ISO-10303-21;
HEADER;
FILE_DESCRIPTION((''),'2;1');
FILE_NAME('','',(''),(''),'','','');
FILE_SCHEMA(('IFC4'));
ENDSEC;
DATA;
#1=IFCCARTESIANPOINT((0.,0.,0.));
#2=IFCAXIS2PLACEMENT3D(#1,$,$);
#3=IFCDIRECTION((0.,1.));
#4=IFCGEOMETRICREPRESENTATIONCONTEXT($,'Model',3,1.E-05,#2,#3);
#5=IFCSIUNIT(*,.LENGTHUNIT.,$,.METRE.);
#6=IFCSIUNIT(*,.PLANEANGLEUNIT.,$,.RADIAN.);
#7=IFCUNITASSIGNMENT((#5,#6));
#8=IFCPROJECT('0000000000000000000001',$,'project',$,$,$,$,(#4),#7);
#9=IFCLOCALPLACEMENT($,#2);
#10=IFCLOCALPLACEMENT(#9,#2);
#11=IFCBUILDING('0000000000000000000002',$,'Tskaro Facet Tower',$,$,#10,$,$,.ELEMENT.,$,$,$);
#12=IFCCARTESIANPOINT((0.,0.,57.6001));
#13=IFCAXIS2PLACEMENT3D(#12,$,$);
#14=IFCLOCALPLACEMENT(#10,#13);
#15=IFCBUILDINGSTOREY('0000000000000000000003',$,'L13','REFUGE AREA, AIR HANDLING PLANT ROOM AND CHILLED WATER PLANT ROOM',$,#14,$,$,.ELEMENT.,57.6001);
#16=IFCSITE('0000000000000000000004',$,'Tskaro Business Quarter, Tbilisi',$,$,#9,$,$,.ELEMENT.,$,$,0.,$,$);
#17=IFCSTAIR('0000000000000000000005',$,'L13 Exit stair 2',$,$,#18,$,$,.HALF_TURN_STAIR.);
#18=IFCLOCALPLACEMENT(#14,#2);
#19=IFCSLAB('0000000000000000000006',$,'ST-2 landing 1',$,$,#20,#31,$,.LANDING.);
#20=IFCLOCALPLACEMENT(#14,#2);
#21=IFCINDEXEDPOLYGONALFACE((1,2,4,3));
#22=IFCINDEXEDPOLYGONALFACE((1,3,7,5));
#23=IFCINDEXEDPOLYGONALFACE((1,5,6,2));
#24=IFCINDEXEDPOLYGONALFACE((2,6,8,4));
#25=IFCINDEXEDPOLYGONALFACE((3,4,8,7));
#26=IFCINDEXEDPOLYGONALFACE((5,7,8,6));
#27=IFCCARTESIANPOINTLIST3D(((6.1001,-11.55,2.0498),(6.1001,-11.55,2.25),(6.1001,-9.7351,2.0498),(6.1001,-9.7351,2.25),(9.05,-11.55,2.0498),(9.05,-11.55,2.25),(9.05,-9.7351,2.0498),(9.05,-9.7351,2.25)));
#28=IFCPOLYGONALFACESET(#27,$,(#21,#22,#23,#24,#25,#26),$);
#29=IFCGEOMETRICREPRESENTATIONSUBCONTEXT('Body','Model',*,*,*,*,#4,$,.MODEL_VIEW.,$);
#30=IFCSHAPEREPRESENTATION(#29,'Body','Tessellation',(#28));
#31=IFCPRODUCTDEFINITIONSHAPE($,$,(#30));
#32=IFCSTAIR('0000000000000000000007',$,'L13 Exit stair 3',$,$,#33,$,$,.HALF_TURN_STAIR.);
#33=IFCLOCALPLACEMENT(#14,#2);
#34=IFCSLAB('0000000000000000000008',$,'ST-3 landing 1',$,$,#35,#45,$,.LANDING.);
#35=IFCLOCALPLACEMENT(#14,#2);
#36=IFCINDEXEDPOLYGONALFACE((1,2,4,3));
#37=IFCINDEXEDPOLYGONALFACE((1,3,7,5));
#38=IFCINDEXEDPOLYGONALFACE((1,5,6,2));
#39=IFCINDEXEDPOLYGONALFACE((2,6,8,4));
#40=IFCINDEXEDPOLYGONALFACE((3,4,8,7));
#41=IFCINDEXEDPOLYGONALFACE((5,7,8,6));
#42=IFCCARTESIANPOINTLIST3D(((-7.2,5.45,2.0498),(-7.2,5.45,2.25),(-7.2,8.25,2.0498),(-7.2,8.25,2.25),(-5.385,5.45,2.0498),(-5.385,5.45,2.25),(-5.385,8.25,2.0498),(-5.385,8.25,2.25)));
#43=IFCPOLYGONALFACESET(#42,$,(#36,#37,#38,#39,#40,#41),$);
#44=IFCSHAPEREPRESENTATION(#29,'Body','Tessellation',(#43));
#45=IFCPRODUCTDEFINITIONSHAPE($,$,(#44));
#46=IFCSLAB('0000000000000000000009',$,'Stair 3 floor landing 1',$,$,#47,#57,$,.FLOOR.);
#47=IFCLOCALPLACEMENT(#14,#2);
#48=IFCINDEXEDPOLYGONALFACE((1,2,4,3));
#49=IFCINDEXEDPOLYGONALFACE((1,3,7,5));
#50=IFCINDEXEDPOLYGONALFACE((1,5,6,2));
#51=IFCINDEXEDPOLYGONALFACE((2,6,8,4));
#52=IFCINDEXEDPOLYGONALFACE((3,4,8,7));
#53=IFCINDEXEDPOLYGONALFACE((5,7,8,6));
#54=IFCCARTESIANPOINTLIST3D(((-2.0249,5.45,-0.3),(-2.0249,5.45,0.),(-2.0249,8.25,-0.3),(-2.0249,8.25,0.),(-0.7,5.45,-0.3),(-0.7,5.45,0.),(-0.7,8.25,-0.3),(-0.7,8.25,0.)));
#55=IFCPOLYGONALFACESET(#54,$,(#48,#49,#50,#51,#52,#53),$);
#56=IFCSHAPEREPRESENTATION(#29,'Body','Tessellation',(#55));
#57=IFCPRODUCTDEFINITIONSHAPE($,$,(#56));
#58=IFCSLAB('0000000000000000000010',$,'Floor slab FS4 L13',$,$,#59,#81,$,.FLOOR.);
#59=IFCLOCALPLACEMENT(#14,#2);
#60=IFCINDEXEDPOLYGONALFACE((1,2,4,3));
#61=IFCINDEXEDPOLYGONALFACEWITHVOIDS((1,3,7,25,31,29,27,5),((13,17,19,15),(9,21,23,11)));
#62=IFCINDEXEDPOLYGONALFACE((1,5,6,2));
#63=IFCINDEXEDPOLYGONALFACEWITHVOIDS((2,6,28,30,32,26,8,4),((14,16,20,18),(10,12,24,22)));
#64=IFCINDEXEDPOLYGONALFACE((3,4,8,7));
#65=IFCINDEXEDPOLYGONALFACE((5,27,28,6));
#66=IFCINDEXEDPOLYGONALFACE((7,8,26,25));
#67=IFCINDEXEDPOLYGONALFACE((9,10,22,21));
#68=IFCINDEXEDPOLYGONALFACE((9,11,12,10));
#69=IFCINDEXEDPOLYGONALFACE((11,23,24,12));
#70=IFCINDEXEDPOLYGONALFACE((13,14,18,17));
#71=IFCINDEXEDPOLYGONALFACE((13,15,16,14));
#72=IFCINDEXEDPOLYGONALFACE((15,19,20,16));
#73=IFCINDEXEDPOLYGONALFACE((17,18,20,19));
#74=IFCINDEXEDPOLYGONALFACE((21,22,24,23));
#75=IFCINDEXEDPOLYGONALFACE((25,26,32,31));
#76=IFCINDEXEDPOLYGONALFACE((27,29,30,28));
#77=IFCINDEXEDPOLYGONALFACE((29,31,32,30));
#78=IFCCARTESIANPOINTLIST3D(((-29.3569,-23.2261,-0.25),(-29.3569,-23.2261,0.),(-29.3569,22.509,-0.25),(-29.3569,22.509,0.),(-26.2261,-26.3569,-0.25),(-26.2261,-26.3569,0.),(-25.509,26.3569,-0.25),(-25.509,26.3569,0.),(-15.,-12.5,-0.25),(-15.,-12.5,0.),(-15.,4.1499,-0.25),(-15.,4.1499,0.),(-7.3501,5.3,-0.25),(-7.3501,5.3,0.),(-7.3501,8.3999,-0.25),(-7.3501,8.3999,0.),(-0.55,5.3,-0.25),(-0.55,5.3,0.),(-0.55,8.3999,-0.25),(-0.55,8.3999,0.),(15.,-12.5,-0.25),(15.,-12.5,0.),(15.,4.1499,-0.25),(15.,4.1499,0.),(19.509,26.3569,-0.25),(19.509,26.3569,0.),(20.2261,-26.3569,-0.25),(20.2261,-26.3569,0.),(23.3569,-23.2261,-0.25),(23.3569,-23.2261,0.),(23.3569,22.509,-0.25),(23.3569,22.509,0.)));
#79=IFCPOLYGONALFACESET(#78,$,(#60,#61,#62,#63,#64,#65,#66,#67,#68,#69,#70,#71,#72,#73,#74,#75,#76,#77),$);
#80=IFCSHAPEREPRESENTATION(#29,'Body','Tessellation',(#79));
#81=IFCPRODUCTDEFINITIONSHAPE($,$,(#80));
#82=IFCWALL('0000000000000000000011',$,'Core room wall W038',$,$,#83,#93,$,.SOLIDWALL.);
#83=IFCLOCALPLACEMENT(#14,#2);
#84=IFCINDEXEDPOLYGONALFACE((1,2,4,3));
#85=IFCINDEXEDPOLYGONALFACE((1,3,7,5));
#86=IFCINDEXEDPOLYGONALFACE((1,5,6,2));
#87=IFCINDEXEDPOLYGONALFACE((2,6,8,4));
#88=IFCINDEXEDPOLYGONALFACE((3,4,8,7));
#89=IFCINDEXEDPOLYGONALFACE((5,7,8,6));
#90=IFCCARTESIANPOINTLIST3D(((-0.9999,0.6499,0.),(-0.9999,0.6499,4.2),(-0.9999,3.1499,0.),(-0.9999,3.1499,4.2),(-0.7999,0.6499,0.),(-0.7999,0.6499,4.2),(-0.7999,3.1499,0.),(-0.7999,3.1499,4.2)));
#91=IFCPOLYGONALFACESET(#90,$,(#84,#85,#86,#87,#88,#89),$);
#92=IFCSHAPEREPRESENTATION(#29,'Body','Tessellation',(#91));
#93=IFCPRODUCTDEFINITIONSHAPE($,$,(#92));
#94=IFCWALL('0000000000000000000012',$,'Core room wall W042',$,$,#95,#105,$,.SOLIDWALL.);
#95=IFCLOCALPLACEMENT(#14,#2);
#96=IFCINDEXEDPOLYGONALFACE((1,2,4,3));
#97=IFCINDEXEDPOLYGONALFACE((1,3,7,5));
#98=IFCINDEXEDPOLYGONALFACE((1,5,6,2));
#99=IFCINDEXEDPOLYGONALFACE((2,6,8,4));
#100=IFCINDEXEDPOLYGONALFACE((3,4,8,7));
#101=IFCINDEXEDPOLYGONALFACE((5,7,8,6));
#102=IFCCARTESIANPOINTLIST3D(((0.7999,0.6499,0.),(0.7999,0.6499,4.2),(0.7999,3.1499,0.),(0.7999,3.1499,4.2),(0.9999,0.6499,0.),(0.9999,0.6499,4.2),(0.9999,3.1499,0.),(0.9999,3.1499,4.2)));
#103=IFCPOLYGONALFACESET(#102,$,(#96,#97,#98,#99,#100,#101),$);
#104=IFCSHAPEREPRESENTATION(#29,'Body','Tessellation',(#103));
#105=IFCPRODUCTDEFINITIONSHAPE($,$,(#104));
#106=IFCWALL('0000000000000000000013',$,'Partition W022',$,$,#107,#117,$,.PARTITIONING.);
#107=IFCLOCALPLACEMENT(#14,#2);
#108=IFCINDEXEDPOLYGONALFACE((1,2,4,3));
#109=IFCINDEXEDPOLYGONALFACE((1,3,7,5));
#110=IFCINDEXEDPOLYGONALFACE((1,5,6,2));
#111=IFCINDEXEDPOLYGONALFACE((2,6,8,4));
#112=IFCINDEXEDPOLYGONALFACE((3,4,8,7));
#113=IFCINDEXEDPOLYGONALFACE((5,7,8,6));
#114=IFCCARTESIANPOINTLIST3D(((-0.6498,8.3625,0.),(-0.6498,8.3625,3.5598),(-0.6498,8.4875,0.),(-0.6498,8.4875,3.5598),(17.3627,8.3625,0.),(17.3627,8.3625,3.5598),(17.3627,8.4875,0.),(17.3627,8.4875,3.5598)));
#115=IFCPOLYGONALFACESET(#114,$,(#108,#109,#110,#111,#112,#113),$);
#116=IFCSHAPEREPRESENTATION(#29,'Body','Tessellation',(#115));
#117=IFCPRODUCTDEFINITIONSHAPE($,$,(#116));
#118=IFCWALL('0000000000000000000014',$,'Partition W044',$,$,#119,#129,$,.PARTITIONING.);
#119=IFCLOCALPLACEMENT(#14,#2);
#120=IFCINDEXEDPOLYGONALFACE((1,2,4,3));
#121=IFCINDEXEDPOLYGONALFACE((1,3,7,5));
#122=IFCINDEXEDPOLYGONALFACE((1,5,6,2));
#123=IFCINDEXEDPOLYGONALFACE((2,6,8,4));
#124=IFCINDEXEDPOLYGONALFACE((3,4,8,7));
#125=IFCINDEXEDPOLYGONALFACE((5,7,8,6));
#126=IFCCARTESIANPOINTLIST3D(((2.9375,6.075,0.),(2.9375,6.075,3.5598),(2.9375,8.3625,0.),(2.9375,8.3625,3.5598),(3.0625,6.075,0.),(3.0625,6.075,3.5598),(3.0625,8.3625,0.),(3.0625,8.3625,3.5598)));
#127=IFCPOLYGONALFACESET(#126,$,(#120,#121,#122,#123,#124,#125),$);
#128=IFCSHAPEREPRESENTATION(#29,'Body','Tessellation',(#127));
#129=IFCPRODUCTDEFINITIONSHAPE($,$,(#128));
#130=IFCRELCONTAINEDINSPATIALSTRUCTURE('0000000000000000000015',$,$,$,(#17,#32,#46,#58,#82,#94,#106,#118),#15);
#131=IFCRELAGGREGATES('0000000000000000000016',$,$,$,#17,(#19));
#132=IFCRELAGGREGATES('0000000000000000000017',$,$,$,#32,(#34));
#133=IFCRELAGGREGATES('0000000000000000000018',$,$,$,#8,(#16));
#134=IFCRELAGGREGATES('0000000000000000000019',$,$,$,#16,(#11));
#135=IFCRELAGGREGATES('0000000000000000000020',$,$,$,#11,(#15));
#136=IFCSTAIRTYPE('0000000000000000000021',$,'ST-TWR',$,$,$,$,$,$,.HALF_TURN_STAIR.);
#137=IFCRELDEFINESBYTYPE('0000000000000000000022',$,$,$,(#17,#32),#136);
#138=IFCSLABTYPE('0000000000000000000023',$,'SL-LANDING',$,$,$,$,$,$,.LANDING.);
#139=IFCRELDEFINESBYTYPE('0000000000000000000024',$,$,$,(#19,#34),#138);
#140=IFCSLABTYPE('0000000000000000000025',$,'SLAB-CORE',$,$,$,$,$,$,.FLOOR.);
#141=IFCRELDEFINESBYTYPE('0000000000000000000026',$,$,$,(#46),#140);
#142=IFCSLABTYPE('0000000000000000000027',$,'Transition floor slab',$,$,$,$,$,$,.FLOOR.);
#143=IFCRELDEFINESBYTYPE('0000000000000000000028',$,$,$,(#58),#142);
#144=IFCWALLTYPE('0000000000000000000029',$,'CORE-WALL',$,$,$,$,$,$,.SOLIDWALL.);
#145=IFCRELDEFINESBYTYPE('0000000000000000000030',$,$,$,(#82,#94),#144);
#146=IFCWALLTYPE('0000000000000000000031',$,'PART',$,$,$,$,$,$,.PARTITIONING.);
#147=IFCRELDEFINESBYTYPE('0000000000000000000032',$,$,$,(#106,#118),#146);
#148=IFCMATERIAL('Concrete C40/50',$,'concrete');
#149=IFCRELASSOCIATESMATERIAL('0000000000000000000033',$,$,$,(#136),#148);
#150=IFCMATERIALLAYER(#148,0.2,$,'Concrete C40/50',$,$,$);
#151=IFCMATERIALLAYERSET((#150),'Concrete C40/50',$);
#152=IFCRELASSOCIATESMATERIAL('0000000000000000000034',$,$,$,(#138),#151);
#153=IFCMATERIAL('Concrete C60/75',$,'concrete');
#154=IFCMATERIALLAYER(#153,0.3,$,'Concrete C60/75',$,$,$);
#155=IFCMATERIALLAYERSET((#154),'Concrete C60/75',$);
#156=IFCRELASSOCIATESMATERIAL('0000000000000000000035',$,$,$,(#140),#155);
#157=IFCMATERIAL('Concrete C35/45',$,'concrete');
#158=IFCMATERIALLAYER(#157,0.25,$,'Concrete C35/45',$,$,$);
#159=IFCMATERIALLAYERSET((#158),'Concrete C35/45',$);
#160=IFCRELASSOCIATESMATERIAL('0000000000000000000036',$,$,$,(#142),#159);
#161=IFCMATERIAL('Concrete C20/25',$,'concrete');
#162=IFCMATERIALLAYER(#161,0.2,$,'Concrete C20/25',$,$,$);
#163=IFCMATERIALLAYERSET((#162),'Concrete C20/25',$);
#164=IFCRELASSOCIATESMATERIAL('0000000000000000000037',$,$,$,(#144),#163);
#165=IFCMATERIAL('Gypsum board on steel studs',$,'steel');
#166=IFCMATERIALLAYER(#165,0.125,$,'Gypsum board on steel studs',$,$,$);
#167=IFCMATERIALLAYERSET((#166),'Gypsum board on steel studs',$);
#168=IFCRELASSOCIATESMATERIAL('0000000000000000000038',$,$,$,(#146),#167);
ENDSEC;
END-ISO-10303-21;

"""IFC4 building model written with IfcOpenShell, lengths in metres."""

from ifc_helpers import new_model, si_unit, direction, frame, frame_2d, origin, place, context, subcontext, project, spatial, polyline, rectangle, outline, extrude, material, layer, layer_set, type_object, element, aggregate, save


model = new_model("IFC4")

# Units and contexts
model_context = context("Model", 3, precision=1e-05, world=origin(), true_north=direction((0.0, 1.0)))
body_context = subcontext(model_context, "Body", "Model", "MODEL_VIEW")
ifc_project = project(units=[si_unit("LENGTHUNIT", "METRE"), si_unit("PLANEANGLEUNIT", "RADIAN")], contexts=[model_context])

# Site, building, storey
site_placement = place(None, origin())
site = spatial("IfcSite", under=ifc_project, at=site_placement, Name="Tskaro Business Quarter, Tbilisi", CompositionType="ELEMENT", RefElevation=0.0)
building_placement = place(site_placement, origin())
building = spatial("IfcBuilding", under=site, at=building_placement, Name="Tskaro Facet Tower", CompositionType="ELEMENT")
storey_placement = place(building_placement, frame((0.0, 0.0, 57.6001)))
storey = spatial("IfcBuildingStorey", under=building, at=storey_placement, Name="L13", Description="REFUGE AREA, AIR HANDLING PLANT ROOM AND CHILLED WATER PLANT ROOM", CompositionType="ELEMENT", Elevation=57.6001)

# Stairs, slabs
ifc_material_1 = material(Name="Concrete C40/50", Category="concrete")
stair_type = type_object("IfcStairType", Name="ST-TWR", PredefinedType="HALF_TURN_STAIR", material=ifc_material_1)
ifc_layer_1 = layer(ifc_material_1, 0.2, Name="Concrete C40/50")
ifc_layer_set_1 = layer_set([ifc_layer_1], Name="Concrete C40/50")
slab_type_1 = type_object("IfcSlabType", Name="SL-LANDING", PredefinedType="LANDING", material=ifc_layer_set_1)
stair_1_placement = place(storey_placement, origin())
stair_1 = element("IfcStair", 1, at=stair_1_placement, inside=storey, type_object=stair_type, Name="L13 Exit stair 2", PredefinedType="HALF_TURN_STAIR")
slab_1_placement = place(storey_placement, frame((0.0, 0.0, 2.0498)))
slab_1 = element("IfcSlab", 2, at=slab_1_placement, type_object=slab_type_1, Name="ST-2 landing 1", PredefinedType="LANDING", context=body_context, shape_type="SweptSolid", body=[
    extrude(outline(polyline([(6.1001, -11.55), (9.05, -11.55), (9.05, -9.7351), (6.1001, -9.7351), (6.1001, -11.55)])), origin(), (0.0, 0.0, 1.0), 0.2002),
])
aggregate(stair_1, [slab_1])
stair_2_placement = place(storey_placement, origin())
stair_2 = element("IfcStair", 3, at=stair_2_placement, inside=storey, type_object=stair_type, Name="L13 Exit stair 3", PredefinedType="HALF_TURN_STAIR")
slab_2_placement = place(storey_placement, frame((0.0, 0.0, 2.0498)))
slab_2 = element("IfcSlab", 4, at=slab_2_placement, type_object=slab_type_1, Name="ST-3 landing 1", PredefinedType="LANDING", context=body_context, shape_type="SweptSolid", body=[
    extrude(outline(polyline([(-7.2, 5.45), (-5.385, 5.45), (-5.385, 8.25), (-7.2, 8.25), (-7.2, 5.45)])), origin(), (0.0, 0.0, 1.0), 0.2002),
])
aggregate(stair_2, [slab_2])

# Slabs
ifc_material_2 = material(Name="Concrete C60/75", Category="concrete")
ifc_layer_2 = layer(ifc_material_2, 0.3, Name="Concrete C60/75")
ifc_layer_set_2 = layer_set([ifc_layer_2], Name="Concrete C60/75")
slab_type_2 = type_object("IfcSlabType", Name="SLAB-CORE", PredefinedType="FLOOR", material=ifc_layer_set_2)
slab_3_placement = place(storey_placement, frame((0.0, 0.0, -0.3)))
element("IfcSlab", 5, at=slab_3_placement, inside=storey, type_object=slab_type_2, Name="Stair 3 floor landing 1", PredefinedType="FLOOR", context=body_context, shape_type="SweptSolid", body=[
    extrude(outline(polyline([(-2.0249, 5.45), (-0.7, 5.45), (-0.7, 8.25), (-2.0249, 8.25), (-2.0249, 5.45)])), origin(), (0.0, 0.0, 1.0), 0.3),
])
ifc_material_3 = material(Name="Concrete C35/45", Category="concrete")
ifc_layer_3 = layer(ifc_material_3, 0.25, Name="Concrete C35/45")
ifc_layer_set_3 = layer_set([ifc_layer_3], Name="Concrete C35/45")
slab_type_3 = type_object("IfcSlabType", Name="Transition floor slab", PredefinedType="FLOOR", material=ifc_layer_set_3)
slab_4_placement = place(storey_placement, frame((0.0, 0.0, -0.25)))
element("IfcSlab", 6, at=slab_4_placement, inside=storey, type_object=slab_type_3, Name="Floor slab FS4 L13", PredefinedType="FLOOR", context=body_context, shape_type="SweptSolid", body=[
    extrude(outline(polyline([(-26.2261, -26.3569), (20.2261, -26.3569), (23.3569, -23.2261), (23.3569, 22.509), (19.509, 26.3569), (-25.509, 26.3569), (-29.3569, 22.509), (-29.3569, -23.2261), (-26.2261, -26.3569)]), holes=[polyline([(-15.0, -12.5), (15.0, -12.5), (15.0, 4.1499), (-15.0, 4.1499), (-15.0, -12.5)]), polyline([(-7.3501, 5.3), (-0.55, 5.3), (-0.55, 8.3999), (-7.3501, 8.3999), (-7.3501, 5.3)])]), origin(), (0.0, 0.0, 1.0), 0.25),
])

# Walls
ifc_material_4 = material(Name="Concrete C20/25", Category="concrete")
ifc_layer_4 = layer(ifc_material_4, 0.2, Name="Concrete C20/25")
ifc_layer_set_4 = layer_set([ifc_layer_4], Name="Concrete C20/25")
wall_type_1 = type_object("IfcWallType", Name="CORE-WALL", PredefinedType="SOLIDWALL", material=ifc_layer_set_4)
for number, where, z_axis, x_axis, name in (
    (7, (-0.8999, 0.6499, 0.0), (0.0, 0.0, 1.0), (0.0, 1.0, 0.0), "Core room wall W038"),
    (8, (0.8999, 0.6499, 0.0), (0.0, 0.0, 1.0), (0.0, 1.0, 0.0), "Core room wall W042"),
):
    element("IfcWall", number, at=place(storey_placement, frame(where, z_axis=z_axis, x_axis=x_axis)), inside=storey, type_object=wall_type_1, Name=name, PredefinedType="SOLIDWALL", context=body_context, shape_type="SweptSolid", body=[
        extrude(rectangle(XDim=2.5, YDim=0.2, at=frame_2d((1.25, 0.0))), origin(), (0.0, 0.0, 1.0), 4.2),
    ])
ifc_material_5 = material(Name="Gypsum board on steel studs", Category="steel")
ifc_layer_5 = layer(ifc_material_5, 0.125, Name="Gypsum board on steel studs")
ifc_layer_set_5 = layer_set([ifc_layer_5], Name="Gypsum board on steel studs")
wall_type_2 = type_object("IfcWallType", Name="PART", PredefinedType="PARTITIONING", material=ifc_layer_set_5)
wall_1_placement = place(storey_placement, frame((-0.6499, 8.425, 0.0), z_axis=(0.0, 0.0, 1.0), x_axis=(1.0, 0.0, 0.0)))
element("IfcWall", 9, at=wall_1_placement, inside=storey, type_object=wall_type_2, Name="Partition W022", PredefinedType="PARTITIONING", context=body_context, shape_type="SweptSolid", body=[
    extrude(rectangle(XDim=18.0125, YDim=0.125, at=frame_2d((9.0063, 0.0))), origin(), (0.0, 0.0, 1.0), 3.5598),
])
wall_2_placement = place(storey_placement, frame((3.0, 6.075, 0.0), z_axis=(0.0, 0.0, 1.0), x_axis=(0.0, 1.0, 0.0)))
element("IfcWall", 10, at=wall_2_placement, inside=storey, type_object=wall_type_2, Name="Partition W044", PredefinedType="PARTITIONING", context=body_context, shape_type="SweptSolid", body=[
    extrude(rectangle(XDim=2.2876, YDim=0.125, at=frame_2d((1.1438, 0.0))), origin(), (0.0, 0.0, 1.0), 3.5598),
])

save(model, "model.ifc")
